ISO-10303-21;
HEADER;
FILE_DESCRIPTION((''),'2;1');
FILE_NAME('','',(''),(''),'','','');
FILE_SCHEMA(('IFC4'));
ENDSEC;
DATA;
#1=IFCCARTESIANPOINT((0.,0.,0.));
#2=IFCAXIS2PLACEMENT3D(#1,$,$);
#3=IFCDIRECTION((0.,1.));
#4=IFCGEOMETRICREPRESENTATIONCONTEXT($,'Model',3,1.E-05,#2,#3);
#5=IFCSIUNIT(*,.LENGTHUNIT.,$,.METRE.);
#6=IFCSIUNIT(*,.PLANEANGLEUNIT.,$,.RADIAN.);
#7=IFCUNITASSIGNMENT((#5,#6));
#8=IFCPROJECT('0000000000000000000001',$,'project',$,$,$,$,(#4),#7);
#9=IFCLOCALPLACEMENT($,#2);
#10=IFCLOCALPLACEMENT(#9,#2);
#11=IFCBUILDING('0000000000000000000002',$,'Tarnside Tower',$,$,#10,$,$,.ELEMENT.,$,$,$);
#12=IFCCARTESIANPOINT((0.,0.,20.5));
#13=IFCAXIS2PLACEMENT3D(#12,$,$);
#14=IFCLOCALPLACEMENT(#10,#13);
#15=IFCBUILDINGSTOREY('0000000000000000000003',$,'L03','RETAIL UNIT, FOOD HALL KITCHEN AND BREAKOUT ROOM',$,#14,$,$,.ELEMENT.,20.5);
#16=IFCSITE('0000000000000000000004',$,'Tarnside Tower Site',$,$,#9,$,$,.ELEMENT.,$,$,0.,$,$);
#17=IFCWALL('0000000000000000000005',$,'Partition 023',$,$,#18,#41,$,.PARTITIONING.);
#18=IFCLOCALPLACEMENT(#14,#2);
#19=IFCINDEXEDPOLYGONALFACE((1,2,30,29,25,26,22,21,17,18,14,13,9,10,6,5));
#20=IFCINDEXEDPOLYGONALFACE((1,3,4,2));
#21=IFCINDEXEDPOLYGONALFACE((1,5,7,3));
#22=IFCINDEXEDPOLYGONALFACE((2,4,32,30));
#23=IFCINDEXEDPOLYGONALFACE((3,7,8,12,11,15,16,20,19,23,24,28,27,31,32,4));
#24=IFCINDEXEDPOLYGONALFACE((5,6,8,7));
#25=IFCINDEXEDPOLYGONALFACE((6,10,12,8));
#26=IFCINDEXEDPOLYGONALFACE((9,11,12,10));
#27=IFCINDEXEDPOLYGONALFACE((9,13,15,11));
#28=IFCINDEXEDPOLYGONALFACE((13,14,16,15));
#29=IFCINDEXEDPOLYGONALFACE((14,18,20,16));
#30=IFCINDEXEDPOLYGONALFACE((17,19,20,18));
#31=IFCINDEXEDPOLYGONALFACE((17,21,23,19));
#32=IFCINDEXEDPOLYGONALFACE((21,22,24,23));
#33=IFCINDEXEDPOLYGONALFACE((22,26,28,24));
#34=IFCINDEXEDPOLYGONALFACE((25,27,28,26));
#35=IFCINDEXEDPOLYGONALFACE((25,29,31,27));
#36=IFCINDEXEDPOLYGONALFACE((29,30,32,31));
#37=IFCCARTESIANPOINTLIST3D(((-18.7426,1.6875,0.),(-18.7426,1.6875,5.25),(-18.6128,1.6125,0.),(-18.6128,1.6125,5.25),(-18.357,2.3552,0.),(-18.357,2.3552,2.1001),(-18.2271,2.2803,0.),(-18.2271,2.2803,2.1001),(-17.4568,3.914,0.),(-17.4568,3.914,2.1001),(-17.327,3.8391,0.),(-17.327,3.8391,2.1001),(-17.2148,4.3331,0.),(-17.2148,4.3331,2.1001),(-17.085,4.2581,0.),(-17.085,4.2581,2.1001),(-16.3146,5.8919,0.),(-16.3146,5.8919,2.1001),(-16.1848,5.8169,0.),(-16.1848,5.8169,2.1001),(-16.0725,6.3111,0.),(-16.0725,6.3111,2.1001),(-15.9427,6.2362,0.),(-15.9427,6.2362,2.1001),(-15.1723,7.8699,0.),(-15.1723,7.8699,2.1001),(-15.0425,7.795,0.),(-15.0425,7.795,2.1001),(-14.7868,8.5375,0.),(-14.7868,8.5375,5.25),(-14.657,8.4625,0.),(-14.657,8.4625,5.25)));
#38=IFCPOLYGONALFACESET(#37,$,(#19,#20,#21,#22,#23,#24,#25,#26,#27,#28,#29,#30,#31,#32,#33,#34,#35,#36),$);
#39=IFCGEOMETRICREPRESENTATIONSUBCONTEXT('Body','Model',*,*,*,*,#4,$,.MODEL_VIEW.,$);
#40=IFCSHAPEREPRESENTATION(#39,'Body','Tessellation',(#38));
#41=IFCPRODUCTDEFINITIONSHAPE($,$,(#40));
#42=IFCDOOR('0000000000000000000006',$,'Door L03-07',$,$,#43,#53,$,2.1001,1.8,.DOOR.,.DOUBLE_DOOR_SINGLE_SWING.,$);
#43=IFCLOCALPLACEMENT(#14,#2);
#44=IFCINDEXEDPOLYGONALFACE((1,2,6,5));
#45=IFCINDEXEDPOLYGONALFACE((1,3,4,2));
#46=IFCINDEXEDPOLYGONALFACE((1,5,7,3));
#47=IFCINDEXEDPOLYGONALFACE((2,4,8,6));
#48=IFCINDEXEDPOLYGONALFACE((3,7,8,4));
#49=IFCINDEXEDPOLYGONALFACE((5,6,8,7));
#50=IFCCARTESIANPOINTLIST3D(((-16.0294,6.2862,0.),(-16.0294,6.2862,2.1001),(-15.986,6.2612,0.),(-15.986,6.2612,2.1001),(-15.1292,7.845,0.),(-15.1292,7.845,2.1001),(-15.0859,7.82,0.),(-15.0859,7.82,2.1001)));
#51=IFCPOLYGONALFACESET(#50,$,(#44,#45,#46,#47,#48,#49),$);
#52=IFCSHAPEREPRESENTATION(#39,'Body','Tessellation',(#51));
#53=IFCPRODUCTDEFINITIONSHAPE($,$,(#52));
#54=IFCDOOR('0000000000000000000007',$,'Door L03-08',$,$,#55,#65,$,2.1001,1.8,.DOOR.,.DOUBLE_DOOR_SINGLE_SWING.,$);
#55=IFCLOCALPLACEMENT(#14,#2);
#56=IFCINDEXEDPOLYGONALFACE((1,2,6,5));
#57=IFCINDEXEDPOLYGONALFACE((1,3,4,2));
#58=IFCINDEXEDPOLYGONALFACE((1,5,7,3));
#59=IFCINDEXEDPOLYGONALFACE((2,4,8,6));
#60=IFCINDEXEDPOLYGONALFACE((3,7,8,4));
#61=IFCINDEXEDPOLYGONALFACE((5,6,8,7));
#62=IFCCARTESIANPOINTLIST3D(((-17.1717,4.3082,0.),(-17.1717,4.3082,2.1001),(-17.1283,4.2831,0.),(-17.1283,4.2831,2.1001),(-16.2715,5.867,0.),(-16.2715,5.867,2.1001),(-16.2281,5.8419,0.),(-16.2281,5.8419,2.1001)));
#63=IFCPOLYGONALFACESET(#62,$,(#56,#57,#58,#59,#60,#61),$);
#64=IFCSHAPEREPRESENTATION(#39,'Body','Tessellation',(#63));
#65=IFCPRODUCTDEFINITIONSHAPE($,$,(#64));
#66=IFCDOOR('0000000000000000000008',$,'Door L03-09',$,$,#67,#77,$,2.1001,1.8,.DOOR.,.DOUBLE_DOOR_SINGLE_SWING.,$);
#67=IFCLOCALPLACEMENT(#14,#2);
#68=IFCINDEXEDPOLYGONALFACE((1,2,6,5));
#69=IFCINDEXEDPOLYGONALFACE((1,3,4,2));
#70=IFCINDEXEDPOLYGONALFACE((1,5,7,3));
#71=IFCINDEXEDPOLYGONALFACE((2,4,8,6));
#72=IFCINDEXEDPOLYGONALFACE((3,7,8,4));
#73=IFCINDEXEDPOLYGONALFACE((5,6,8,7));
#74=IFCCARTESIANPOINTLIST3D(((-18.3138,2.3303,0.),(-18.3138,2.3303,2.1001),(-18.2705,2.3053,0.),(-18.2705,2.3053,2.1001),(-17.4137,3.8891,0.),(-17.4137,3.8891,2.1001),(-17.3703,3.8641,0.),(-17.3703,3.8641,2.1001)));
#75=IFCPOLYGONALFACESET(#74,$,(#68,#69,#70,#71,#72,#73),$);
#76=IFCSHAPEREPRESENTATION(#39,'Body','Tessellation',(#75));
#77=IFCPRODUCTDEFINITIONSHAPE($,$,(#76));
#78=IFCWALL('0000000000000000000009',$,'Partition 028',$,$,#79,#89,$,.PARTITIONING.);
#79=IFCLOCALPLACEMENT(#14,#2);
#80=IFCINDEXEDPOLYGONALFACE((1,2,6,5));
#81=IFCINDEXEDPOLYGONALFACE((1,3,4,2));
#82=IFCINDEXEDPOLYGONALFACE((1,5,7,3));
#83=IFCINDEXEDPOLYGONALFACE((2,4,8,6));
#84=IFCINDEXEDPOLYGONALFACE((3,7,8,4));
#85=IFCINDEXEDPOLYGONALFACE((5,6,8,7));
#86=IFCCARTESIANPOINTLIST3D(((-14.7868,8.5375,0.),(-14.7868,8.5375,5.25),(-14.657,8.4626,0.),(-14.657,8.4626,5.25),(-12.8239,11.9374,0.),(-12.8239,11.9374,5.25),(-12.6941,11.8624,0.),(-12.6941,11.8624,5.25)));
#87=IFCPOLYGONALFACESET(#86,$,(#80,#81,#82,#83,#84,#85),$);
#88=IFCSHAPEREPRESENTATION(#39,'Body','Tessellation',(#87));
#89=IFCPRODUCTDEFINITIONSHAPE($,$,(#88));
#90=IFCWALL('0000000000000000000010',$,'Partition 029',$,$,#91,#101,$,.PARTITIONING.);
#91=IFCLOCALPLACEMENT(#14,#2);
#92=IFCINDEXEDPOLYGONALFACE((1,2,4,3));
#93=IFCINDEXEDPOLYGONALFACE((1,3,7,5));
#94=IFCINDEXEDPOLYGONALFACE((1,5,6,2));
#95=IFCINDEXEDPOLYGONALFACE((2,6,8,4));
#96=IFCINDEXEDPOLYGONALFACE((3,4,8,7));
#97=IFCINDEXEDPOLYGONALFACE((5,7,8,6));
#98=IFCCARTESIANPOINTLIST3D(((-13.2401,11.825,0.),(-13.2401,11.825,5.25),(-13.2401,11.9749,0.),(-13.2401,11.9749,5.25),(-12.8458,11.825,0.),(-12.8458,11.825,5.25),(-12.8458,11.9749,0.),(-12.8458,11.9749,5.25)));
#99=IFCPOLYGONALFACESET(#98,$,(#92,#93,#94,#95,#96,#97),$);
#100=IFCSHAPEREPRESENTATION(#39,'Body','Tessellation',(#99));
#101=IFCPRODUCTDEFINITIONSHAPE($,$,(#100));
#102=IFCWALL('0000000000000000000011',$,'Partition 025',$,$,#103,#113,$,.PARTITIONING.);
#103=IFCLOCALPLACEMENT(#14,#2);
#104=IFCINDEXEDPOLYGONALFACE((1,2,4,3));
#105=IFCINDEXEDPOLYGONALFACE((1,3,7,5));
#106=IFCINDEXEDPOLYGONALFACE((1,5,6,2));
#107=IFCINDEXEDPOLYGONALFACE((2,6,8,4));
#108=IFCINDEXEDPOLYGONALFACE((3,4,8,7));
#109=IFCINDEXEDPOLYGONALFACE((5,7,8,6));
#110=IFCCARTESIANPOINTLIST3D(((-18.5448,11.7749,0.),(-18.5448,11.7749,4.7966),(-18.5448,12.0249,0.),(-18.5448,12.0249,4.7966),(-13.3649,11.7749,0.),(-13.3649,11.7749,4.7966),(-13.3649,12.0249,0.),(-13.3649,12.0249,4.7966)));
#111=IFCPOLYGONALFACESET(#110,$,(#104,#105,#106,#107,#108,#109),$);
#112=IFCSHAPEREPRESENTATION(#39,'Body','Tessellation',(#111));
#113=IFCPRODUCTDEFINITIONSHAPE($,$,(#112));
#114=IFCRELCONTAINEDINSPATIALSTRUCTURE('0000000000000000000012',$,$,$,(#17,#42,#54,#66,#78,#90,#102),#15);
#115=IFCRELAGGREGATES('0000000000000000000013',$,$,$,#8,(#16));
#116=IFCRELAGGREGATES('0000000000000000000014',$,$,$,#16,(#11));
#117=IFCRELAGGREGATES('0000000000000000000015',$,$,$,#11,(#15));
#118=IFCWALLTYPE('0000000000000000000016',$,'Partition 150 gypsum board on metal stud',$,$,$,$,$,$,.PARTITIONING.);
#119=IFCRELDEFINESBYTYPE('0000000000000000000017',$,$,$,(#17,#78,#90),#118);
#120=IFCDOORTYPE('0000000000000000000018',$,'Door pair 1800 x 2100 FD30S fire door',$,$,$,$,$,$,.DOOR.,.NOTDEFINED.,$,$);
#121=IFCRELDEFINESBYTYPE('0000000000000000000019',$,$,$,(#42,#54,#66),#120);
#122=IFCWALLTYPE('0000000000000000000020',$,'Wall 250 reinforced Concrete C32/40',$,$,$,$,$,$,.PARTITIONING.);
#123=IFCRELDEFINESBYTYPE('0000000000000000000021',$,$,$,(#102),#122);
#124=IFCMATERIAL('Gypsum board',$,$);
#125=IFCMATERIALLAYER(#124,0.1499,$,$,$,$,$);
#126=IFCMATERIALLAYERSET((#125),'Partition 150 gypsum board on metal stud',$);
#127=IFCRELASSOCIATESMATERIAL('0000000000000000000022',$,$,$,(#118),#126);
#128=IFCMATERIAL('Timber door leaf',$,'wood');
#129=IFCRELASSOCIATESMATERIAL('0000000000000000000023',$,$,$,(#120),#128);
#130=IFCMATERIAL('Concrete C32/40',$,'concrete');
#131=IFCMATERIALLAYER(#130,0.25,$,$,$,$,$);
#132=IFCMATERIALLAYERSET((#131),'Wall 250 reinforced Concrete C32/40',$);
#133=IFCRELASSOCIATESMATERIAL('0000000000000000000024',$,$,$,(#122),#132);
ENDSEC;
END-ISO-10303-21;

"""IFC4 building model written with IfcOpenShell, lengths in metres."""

from ifc_helpers import new_model, si_unit, direction, frame, frame_2d, origin, place, context, subcontext, project, spatial, rectangle, extrude, material, layer, layer_set, type_object, element, fill, save


model = new_model("IFC4")

# Units and contexts
model_context = context("Model", 3, precision=1e-05, world=origin(), true_north=direction((0.0, 1.0)))
body_context = subcontext(model_context, "Body", "Model", "MODEL_VIEW")
ifc_project = project(units=[si_unit("LENGTHUNIT", "METRE"), si_unit("PLANEANGLEUNIT", "RADIAN")], contexts=[model_context])

# Site, building, storey
site_placement = place(None, origin())
site = spatial("IfcSite", under=ifc_project, at=site_placement, Name="Tarnside Tower Site", CompositionType="ELEMENT", RefElevation=0.0)
building_placement = place(site_placement, origin())
building = spatial("IfcBuilding", under=site, at=building_placement, Name="Tarnside Tower", CompositionType="ELEMENT")
storey_placement = place(building_placement, frame((0.0, 0.0, 20.5)))
storey = spatial("IfcBuildingStorey", under=building, at=storey_placement, Name="L03", Description="RETAIL UNIT, FOOD HALL KITCHEN AND BREAKOUT ROOM", CompositionType="ELEMENT", Elevation=20.5)

# Wall, openings, doors
ifc_material_1 = material(Name="Gypsum board")
ifc_layer_1 = layer(ifc_material_1, 0.1499)
ifc_layer_set_1 = layer_set([ifc_layer_1], Name="Partition 150 gypsum board on metal stud")
wall_type_1 = type_object("IfcWallType", Name="Partition 150 gypsum board on metal stud", PredefinedType="PARTITIONING", material=ifc_layer_set_1)
wall_1_placement = place(storey_placement, frame((-14.7219, 8.5, 0.0), z_axis=(0.0, 0.0, 1.0), x_axis=(-0.500086, -0.865976, 0.0)))
wall_1 = element("IfcWall", 1, at=wall_1_placement, inside=storey, type_object=wall_type_1, Name="Partition 023", PredefinedType="PARTITIONING", context=body_context, shape_type="SweptSolid", body=[
    extrude(rectangle(XDim=7.9102, YDim=0.1499, at=frame_2d((3.9551, 0.0))), origin(), (0.0, 0.0, 1.0), 5.25),
])
opening_1_placement = place(wall_1_placement, frame((0.771, 0.0, 0.0)))
opening_1 = element("IfcOpeningElement", 2, at=opening_1_placement, cuts=wall_1, PredefinedType="OPENING", context=body_context, shape_type="SweptSolid", body=[
    extrude(rectangle(XDim=1.8, YDim=2.1001, at=frame_2d((0.8999, 1.05))), frame((0.0, 0.085, 0.0), z_axis=(0.0, -1.0, 0.0), x_axis=(1.0, 0.0, 0.0)), (0.0, 0.0, 1.0), 0.1699),
])
opening_2_placement = place(wall_1_placement, frame((3.0552, 0.0, 0.0)))
opening_2 = element("IfcOpeningElement", 3, at=opening_2_placement, cuts=wall_1, PredefinedType="OPENING", context=body_context, shape_type="SweptSolid", body=[
    extrude(rectangle(XDim=1.8, YDim=2.1001, at=frame_2d((0.8999, 1.05))), frame((0.0, 0.085, 0.0), z_axis=(0.0, -1.0, 0.0), x_axis=(1.0, 0.0, 0.0)), (0.0, 0.0, 1.0), 0.1699),
])
opening_3_placement = place(wall_1_placement, frame((5.3391, 0.0, 0.0)))
opening_3 = element("IfcOpeningElement", 4, at=opening_3_placement, cuts=wall_1, PredefinedType="OPENING", context=body_context, shape_type="SweptSolid", body=[
    extrude(rectangle(XDim=1.8, YDim=2.1001, at=frame_2d((0.8999, 1.05))), frame((0.0, 0.085, 0.0), z_axis=(0.0, -1.0, 0.0), x_axis=(1.0, 0.0, 0.0)), (0.0, 0.0, 1.0), 0.1699),
])
ifc_material_2 = material(Name="Timber door leaf", Category="wood")
door_type = type_object("IfcDoorType", Name="Door pair 1800 x 2100 FD30S fire door", OperationType="NOTDEFINED", PredefinedType="DOOR", material=ifc_material_2)
door_1_placement = place(opening_1_placement, origin())
door_1 = element("IfcDoor", 5, at=door_1_placement, inside=storey, type_object=door_type, Name="Door L03-07", OperationType="DOUBLE_DOOR_SINGLE_SWING", OverallHeight=2.1001, OverallWidth=1.8, PredefinedType="DOOR", context=body_context, shape_type="SweptSolid", body=[
    extrude(rectangle(XDim=1.8, YDim=2.1001, at=frame_2d((0.8999, 1.05))), frame((0.0, 0.0249, 0.0), z_axis=(0.0, -1.0, 0.0), x_axis=(1.0, 0.0, 0.0)), (0.0, 0.0, 1.0), 0.05),
])
fill(opening_1, door_1)
door_2_placement = place(opening_2_placement, origin())
door_2 = element("IfcDoor", 6, at=door_2_placement, inside=storey, type_object=door_type, Name="Door L03-08", OperationType="DOUBLE_DOOR_SINGLE_SWING", OverallHeight=2.1001, OverallWidth=1.8, PredefinedType="DOOR", context=body_context, shape_type="SweptSolid", body=[
    extrude(rectangle(XDim=1.8, YDim=2.1001, at=frame_2d((0.8999, 1.05))), frame((0.0, 0.0249, 0.0), z_axis=(0.0, -1.0, 0.0), x_axis=(1.0, 0.0, 0.0)), (0.0, 0.0, 1.0), 0.05),
])
fill(opening_2, door_2)
door_3_placement = place(opening_3_placement, origin())
door_3 = element("IfcDoor", 7, at=door_3_placement, inside=storey, type_object=door_type, Name="Door L03-09", OperationType="DOUBLE_DOOR_SINGLE_SWING", OverallHeight=2.1001, OverallWidth=1.8, PredefinedType="DOOR", context=body_context, shape_type="SweptSolid", body=[
    extrude(rectangle(XDim=1.8, YDim=2.1001, at=frame_2d((0.8999, 1.05))), frame((0.0, 0.0249, 0.0), z_axis=(0.0, -1.0, 0.0), x_axis=(1.0, 0.0, 0.0)), (0.0, 0.0, 1.0), 0.05),
])
fill(opening_3, door_3)

# Walls
wall_2_placement = place(storey_placement, frame((-12.759, 11.8999, 0.0), z_axis=(0.0, 0.0, 1.0), x_axis=(-0.499992, -0.86603, 0.0)))
element("IfcWall", 8, at=wall_2_placement, inside=storey, type_object=wall_type_1, Name="Partition 028", PredefinedType="PARTITIONING", context=body_context, shape_type="SweptSolid", body=[
    extrude(rectangle(XDim=3.9258, YDim=0.1499, at=frame_2d((1.9629, 0.0))), origin(), (0.0, 0.0, 1.0), 5.25),
])
wall_3_placement = place(storey_placement, frame((-12.8457, 11.8999, 0.0), z_axis=(0.0, 0.0, 1.0), x_axis=(-1.0, 0.0, 0.0)))
element("IfcWall", 9, at=wall_3_placement, inside=storey, type_object=wall_type_1, Name="Partition 029", PredefinedType="PARTITIONING", context=body_context, shape_type="SweptSolid", body=[
    extrude(rectangle(XDim=0.3943, YDim=0.1499, at=frame_2d((0.1973, 0.0))), origin(), (0.0, 0.0, 1.0), 5.25),
])
ifc_material_3 = material(Name="Concrete C32/40", Category="concrete")
ifc_layer_2 = layer(ifc_material_3, 0.25)
ifc_layer_set_2 = layer_set([ifc_layer_2], Name="Wall 250 reinforced Concrete C32/40")
wall_type_2 = type_object("IfcWallType", Name="Wall 250 reinforced Concrete C32/40", PredefinedType="PARTITIONING", material=ifc_layer_set_2)
wall_4_placement = place(storey_placement, frame((-13.365, 11.8999, 0.0), z_axis=(0.0, 0.0, 1.0), x_axis=(-1.0, 0.0, 0.0)))
element("IfcWall", 10, at=wall_4_placement, inside=storey, type_object=wall_type_2, Name="Partition 025", PredefinedType="PARTITIONING", context=body_context, shape_type="SweptSolid", body=[
    extrude(rectangle(XDim=5.1799, YDim=0.25, at=frame_2d((2.5898, 0.0))), origin(), (0.0, 0.0, 1.0), 4.7966),
])

save(model, "model.ifc")
